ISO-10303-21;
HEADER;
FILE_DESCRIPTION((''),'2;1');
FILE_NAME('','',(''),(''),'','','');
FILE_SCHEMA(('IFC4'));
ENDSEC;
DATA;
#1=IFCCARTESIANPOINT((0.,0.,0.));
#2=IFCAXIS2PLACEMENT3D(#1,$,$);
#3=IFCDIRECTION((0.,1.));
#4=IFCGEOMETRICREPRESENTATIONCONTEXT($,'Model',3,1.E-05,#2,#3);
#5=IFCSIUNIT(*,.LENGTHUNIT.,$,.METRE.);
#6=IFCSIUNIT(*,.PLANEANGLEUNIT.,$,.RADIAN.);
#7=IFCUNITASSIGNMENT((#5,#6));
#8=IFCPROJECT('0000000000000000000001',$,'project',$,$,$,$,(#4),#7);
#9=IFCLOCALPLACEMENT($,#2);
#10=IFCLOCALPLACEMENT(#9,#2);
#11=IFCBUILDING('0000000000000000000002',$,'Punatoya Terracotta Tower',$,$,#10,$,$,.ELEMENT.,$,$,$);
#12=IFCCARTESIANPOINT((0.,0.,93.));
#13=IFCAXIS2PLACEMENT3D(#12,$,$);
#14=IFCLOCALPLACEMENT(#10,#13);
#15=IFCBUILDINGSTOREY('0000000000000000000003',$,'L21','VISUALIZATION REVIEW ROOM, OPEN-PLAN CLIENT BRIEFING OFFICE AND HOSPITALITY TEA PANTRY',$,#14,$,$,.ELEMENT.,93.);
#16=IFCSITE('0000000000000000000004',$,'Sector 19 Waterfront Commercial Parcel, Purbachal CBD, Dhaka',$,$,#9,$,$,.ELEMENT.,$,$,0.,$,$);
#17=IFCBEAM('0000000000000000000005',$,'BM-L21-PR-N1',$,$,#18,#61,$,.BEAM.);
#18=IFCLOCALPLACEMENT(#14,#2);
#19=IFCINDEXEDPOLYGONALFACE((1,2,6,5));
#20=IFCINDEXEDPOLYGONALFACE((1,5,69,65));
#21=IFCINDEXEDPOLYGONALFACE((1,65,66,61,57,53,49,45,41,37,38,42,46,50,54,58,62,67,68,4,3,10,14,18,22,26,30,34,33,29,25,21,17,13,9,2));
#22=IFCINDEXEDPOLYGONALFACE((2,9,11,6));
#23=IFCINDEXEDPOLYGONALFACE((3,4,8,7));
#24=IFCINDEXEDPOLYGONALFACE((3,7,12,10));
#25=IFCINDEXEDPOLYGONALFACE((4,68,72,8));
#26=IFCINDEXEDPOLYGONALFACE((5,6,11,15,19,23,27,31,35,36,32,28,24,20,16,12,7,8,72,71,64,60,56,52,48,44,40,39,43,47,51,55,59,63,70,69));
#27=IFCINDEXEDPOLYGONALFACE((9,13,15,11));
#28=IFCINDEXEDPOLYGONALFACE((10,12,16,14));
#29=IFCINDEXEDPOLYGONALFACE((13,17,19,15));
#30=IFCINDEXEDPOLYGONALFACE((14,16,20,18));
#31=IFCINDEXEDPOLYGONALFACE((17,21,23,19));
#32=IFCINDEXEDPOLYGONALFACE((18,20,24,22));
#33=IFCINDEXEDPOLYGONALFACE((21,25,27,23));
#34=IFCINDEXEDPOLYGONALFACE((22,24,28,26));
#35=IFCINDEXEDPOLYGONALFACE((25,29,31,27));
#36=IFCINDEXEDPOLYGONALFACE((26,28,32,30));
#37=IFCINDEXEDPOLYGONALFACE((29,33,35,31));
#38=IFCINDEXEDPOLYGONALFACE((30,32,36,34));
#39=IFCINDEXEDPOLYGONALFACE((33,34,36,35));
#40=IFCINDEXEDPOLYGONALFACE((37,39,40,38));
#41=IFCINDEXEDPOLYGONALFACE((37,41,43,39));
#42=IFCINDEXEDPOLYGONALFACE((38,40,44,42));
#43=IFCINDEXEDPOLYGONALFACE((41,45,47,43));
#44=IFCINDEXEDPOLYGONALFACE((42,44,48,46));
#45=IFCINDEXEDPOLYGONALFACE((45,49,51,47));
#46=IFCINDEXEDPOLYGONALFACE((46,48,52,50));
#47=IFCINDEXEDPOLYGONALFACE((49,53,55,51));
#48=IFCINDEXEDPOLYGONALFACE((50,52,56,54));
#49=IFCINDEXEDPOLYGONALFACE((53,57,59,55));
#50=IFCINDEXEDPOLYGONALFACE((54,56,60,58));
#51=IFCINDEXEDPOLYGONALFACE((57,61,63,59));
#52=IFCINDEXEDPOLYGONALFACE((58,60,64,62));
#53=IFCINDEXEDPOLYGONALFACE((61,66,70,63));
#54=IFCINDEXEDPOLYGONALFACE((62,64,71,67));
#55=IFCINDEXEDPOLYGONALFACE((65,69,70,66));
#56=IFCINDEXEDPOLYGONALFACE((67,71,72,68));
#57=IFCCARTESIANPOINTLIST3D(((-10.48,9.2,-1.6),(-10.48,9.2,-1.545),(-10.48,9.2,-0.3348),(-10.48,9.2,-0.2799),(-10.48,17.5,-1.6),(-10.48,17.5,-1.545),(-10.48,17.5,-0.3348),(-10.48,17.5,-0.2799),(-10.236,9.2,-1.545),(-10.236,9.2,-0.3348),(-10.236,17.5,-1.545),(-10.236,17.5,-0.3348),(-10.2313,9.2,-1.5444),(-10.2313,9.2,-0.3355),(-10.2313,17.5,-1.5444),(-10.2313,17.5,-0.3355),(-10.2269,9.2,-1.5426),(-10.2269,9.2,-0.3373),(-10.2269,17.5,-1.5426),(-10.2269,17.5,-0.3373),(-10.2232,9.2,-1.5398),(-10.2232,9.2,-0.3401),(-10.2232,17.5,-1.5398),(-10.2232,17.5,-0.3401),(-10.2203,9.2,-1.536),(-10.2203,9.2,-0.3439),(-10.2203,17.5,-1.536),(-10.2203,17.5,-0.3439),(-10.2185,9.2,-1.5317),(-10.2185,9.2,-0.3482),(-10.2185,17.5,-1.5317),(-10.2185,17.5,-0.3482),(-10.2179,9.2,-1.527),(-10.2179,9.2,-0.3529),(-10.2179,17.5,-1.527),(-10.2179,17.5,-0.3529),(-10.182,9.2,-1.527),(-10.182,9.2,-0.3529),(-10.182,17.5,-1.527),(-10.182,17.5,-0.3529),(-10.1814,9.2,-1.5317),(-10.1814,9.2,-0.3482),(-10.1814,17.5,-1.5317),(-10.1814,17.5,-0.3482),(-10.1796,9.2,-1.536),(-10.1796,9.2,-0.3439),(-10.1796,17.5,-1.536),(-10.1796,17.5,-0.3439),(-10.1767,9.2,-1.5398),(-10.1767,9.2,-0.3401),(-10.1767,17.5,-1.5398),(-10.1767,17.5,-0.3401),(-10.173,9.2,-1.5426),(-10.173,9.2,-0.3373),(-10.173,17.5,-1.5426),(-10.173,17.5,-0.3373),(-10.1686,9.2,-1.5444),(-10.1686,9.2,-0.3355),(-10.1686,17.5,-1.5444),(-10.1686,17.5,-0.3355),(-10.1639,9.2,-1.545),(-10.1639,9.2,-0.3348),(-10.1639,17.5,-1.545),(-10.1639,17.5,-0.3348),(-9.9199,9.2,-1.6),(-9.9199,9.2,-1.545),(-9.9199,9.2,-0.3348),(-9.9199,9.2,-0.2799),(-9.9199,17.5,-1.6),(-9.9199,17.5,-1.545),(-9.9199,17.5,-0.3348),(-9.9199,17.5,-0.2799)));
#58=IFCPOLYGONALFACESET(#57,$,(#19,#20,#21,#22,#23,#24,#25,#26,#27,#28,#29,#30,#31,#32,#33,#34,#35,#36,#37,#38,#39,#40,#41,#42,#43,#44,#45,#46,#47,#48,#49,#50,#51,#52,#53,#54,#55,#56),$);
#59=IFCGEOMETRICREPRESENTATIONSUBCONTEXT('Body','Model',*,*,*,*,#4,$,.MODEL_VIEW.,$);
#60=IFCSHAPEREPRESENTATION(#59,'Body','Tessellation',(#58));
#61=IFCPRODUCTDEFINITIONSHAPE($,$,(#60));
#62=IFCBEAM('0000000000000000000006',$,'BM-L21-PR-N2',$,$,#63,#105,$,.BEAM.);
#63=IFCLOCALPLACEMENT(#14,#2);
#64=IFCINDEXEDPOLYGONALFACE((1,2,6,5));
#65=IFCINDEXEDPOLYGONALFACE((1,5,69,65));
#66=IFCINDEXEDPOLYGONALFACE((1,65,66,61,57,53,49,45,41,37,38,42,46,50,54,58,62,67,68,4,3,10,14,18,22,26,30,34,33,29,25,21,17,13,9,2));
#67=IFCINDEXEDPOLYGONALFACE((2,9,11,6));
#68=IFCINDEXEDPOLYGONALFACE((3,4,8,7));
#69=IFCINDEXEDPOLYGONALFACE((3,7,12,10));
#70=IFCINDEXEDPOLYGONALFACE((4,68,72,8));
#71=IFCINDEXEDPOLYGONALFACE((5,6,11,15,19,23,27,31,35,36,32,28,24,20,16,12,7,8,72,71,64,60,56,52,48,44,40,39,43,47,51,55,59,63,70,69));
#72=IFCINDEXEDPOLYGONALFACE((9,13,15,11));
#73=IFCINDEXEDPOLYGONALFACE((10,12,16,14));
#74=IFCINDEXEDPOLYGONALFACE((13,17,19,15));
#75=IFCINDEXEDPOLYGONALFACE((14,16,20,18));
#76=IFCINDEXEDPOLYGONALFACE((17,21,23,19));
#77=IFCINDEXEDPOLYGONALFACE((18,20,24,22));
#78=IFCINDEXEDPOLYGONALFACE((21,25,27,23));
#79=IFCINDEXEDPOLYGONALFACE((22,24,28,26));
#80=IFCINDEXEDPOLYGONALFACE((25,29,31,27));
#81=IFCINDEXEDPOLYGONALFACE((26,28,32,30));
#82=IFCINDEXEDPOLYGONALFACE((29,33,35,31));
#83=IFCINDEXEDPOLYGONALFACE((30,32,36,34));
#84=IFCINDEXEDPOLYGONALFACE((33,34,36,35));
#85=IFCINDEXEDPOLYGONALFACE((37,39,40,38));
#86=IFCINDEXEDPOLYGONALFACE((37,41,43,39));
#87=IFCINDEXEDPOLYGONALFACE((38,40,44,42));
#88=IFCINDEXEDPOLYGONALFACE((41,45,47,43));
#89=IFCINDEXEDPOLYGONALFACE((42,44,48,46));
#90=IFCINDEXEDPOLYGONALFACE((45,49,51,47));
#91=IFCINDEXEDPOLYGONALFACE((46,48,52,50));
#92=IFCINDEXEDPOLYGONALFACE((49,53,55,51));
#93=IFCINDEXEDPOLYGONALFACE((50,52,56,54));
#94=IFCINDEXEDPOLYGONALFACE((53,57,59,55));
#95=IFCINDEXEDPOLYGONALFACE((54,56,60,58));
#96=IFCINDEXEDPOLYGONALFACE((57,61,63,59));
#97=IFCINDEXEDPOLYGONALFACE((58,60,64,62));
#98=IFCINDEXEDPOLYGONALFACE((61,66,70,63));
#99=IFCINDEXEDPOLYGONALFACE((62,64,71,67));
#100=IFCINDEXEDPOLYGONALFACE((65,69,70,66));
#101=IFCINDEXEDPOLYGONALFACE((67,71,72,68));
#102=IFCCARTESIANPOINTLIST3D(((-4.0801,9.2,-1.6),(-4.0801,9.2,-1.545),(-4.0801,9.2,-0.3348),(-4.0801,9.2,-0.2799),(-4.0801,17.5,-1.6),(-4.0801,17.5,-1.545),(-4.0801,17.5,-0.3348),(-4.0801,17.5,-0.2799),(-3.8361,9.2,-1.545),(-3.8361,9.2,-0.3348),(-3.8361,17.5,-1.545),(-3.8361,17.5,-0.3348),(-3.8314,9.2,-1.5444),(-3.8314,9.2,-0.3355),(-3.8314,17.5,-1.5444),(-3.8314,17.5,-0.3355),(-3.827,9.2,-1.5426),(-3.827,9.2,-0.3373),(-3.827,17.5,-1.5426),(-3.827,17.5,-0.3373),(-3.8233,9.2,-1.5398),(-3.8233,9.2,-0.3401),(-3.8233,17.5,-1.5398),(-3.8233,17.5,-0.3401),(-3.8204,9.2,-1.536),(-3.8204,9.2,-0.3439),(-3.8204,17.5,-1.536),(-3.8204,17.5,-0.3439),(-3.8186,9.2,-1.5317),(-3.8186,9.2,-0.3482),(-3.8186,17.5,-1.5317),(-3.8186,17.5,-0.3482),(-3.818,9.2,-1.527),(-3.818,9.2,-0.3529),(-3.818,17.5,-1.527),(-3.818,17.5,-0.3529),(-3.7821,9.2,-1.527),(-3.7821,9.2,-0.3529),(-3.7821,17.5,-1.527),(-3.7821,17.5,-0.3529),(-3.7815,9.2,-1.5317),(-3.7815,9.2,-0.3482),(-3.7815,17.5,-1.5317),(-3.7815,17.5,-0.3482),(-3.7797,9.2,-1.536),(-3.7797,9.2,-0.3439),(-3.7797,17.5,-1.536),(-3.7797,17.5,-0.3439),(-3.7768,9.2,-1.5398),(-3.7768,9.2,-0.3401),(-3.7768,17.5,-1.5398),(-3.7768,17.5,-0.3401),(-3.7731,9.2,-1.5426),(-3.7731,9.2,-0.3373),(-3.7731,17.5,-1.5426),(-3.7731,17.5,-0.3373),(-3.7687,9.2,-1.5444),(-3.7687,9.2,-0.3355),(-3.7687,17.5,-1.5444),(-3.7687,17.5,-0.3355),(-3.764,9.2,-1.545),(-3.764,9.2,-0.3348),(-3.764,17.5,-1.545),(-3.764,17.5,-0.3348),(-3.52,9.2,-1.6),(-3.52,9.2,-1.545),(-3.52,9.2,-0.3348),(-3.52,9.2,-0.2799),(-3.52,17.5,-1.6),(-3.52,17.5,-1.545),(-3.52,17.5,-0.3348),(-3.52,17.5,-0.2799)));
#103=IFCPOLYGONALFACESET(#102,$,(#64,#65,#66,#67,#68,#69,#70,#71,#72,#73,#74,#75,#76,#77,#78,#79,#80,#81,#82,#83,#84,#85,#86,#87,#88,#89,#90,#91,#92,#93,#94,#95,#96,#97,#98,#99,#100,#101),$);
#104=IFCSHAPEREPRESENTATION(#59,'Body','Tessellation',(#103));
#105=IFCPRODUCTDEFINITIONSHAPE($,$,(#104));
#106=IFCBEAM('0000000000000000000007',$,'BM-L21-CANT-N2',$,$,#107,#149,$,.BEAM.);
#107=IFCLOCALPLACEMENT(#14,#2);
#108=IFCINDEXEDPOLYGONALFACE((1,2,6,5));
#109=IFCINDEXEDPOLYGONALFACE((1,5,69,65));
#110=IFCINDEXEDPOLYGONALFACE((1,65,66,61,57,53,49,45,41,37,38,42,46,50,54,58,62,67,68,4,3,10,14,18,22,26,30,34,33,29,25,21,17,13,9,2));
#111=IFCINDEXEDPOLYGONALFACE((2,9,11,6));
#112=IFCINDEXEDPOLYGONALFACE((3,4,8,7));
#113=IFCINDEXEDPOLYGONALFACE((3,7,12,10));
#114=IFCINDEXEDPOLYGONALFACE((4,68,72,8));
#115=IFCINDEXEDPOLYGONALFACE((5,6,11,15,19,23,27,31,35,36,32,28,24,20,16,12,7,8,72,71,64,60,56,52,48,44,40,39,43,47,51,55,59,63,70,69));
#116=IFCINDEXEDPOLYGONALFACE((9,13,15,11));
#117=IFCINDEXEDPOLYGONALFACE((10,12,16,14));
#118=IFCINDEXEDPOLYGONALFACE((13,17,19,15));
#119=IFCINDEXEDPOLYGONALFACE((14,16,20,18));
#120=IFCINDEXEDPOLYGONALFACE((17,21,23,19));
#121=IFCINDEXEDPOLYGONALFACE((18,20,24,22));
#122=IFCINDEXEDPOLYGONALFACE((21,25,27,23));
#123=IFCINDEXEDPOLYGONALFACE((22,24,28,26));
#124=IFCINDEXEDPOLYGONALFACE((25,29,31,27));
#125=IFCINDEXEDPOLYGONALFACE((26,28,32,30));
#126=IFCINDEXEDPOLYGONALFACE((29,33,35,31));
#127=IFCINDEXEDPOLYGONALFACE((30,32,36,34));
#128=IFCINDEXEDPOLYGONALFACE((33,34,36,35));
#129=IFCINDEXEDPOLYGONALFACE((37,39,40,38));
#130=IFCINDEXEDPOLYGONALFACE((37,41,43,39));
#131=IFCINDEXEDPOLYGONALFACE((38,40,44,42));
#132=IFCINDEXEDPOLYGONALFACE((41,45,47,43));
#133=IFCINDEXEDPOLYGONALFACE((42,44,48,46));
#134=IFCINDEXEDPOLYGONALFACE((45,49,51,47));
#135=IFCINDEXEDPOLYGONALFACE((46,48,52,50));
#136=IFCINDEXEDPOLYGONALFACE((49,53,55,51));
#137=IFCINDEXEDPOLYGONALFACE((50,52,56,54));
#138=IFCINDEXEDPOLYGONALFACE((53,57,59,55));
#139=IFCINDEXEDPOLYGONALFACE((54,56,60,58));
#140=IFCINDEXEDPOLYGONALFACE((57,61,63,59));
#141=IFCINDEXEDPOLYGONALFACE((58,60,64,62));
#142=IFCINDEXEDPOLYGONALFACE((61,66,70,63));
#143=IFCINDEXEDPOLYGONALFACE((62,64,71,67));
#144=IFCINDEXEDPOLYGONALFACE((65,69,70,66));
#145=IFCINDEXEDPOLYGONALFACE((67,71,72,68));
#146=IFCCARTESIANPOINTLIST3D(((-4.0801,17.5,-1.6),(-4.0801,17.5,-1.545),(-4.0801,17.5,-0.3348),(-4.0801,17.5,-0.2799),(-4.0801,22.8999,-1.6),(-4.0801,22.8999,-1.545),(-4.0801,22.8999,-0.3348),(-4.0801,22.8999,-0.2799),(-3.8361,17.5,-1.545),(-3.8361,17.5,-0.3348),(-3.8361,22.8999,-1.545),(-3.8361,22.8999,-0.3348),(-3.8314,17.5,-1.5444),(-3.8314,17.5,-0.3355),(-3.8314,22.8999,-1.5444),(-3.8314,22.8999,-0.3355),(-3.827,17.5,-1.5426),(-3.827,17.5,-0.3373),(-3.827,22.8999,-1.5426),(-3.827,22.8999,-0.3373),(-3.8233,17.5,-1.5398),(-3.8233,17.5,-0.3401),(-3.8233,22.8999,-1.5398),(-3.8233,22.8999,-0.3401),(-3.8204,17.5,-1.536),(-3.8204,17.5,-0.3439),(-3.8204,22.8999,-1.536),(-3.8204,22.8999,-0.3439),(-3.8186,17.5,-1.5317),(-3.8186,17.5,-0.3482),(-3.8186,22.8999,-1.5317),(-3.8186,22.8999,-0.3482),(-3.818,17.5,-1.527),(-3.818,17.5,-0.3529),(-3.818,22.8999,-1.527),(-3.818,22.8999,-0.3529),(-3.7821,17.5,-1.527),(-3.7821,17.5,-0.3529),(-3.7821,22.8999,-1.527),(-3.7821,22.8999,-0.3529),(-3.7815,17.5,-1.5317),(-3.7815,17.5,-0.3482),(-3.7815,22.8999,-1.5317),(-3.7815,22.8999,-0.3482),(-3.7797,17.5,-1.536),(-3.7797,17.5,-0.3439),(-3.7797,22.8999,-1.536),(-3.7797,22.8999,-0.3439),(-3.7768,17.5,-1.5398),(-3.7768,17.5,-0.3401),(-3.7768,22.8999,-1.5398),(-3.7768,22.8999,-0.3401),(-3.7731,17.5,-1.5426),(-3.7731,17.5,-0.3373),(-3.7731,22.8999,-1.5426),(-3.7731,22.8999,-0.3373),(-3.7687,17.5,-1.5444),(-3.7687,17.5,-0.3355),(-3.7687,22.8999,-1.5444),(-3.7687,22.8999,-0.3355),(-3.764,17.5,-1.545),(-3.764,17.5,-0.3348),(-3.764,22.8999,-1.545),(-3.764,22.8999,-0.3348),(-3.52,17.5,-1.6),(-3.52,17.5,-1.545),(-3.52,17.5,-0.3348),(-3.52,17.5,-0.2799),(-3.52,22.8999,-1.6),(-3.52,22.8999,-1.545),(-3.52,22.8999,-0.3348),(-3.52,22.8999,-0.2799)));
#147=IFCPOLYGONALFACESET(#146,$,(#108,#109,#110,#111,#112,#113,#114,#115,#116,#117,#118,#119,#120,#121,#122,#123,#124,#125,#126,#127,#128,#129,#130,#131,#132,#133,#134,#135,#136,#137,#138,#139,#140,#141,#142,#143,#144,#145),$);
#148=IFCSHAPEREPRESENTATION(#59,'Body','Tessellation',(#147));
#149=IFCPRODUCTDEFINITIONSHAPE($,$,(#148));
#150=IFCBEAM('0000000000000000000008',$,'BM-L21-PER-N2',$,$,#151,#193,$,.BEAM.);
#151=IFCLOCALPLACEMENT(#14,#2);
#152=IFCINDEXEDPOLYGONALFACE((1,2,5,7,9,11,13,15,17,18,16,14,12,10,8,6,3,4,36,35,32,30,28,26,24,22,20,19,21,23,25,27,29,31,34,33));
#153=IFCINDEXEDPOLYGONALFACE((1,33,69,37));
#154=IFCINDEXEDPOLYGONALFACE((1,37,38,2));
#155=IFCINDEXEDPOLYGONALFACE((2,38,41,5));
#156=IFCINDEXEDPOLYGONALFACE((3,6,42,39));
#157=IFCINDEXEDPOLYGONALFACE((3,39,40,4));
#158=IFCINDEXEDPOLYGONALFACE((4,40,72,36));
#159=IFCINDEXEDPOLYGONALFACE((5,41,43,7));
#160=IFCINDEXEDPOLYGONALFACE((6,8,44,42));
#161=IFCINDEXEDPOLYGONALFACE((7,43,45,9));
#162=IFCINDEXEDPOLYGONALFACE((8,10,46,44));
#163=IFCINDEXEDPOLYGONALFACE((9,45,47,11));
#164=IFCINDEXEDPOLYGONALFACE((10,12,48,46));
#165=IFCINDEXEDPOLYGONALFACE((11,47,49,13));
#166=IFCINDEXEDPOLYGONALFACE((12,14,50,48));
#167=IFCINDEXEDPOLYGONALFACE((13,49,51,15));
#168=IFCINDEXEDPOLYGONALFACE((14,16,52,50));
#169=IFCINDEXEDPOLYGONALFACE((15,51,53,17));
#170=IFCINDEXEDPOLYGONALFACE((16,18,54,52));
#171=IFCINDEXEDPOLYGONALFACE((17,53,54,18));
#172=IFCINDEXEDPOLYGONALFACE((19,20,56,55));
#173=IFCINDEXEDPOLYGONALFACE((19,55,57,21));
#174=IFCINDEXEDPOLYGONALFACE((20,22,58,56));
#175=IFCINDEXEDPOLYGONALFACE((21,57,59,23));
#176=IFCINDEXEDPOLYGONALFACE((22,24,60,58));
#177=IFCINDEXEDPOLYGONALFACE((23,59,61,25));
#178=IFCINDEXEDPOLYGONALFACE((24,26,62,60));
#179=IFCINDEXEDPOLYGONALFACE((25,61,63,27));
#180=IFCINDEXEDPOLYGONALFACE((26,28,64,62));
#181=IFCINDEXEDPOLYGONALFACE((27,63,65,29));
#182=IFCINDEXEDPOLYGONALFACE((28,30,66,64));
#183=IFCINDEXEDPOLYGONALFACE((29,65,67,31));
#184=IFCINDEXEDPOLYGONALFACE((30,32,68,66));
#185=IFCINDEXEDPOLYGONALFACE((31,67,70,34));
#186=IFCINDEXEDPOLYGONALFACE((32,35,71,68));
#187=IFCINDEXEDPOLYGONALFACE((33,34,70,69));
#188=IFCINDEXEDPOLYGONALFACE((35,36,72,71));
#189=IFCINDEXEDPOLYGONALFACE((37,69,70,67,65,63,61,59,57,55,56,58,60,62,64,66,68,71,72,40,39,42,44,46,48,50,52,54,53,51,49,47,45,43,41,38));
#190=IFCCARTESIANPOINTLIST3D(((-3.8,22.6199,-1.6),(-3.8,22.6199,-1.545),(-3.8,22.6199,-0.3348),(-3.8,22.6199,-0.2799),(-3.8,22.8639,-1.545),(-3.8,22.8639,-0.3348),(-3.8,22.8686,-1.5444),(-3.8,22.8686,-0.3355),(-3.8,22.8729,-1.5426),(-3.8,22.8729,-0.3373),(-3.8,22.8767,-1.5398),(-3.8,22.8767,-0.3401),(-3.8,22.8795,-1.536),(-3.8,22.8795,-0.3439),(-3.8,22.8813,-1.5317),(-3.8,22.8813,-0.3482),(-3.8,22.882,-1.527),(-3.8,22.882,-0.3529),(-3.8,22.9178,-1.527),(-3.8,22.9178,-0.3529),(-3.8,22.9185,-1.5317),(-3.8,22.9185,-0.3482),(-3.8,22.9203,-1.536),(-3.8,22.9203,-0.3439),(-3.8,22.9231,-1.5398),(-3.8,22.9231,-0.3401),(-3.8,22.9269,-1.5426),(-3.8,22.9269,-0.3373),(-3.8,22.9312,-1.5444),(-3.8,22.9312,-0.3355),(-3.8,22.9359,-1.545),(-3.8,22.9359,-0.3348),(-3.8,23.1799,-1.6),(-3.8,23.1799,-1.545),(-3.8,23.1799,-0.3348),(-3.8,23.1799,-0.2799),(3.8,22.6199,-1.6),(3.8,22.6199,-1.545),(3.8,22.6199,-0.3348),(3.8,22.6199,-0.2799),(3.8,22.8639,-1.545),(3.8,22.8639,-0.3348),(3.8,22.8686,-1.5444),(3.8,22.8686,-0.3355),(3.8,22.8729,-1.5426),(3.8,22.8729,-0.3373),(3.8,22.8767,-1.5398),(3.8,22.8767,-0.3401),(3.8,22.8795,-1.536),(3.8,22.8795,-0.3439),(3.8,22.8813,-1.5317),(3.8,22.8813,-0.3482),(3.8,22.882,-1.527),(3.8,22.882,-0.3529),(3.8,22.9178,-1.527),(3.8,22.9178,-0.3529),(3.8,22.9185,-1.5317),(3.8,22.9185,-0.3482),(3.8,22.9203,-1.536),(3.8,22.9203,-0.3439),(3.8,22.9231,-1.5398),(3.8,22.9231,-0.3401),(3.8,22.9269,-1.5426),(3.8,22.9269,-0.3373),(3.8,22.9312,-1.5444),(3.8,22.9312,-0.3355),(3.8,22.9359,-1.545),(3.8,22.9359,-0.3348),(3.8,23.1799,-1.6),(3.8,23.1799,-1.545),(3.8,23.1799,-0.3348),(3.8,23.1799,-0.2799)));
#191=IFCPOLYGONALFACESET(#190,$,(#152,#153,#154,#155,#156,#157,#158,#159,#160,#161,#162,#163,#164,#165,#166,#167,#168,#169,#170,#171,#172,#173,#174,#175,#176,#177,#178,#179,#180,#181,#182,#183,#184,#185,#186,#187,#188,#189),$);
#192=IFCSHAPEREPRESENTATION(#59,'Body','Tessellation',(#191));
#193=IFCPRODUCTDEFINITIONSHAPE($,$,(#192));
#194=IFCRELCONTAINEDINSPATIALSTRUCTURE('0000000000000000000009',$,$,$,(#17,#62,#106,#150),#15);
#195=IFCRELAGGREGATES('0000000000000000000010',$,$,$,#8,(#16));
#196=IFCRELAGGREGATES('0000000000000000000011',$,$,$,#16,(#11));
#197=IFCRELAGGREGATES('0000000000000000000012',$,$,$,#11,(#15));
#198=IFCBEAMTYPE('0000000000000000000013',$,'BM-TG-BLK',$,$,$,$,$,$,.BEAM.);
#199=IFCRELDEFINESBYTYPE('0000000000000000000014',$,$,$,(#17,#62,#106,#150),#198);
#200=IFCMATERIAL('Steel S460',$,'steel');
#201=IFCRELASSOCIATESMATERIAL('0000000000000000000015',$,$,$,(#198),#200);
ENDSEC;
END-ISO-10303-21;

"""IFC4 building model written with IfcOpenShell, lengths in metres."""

from ifc_helpers import new_model, si_unit, direction, frame, origin, origin_2d, place, context, subcontext, project, spatial, i_section, extrude, material, material_profile, profile_set, type_object, element, save


model = new_model("IFC4")

# Units and contexts
model_context = context("Model", 3, precision=1e-05, world=origin(), true_north=direction((0.0, 1.0)))
body_context = subcontext(model_context, "Body", "Model", "MODEL_VIEW")
ifc_project = project(units=[si_unit("LENGTHUNIT", "METRE"), si_unit("PLANEANGLEUNIT", "RADIAN")], contexts=[model_context])

# Site, building, storey
site_placement = place(None, origin())
site = spatial("IfcSite", under=ifc_project, at=site_placement, Name="Sector 19 Waterfront Commercial Parcel, Purbachal CBD, Dhaka", CompositionType="ELEMENT", RefElevation=0.0)
building_placement = place(site_placement, origin())
building = spatial("IfcBuilding", under=site, at=building_placement, Name="Punatoya Terracotta Tower", CompositionType="ELEMENT")
storey_placement = place(building_placement, frame((0.0, 0.0, 93.0)))
storey = spatial("IfcBuildingStorey", under=building, at=storey_placement, Name="L21", Description="VISUALIZATION REVIEW ROOM, OPEN-PLAN CLIENT BRIEFING OFFICE AND HOSPITALITY TEA PANTRY", CompositionType="ELEMENT", Elevation=93.0)

# Shared definitions
ifc_material_1 = material(Name="Steel S460", Category="steel")

# Beams
ifc_material_profile_1 = material_profile(ifc_material_1, i_section(OverallWidth=0.5601, OverallDepth=1.3201, WebThickness=0.0359, FlangeThickness=0.0549, FilletRadius=0.0181, at=origin_2d()))
ifc_profile_set_1 = profile_set([ifc_material_profile_1], Name="Steel S460")
beam_type_1 = type_object("IfcBeamType", Name="BM-TG-BLK", PredefinedType="BEAM", material=ifc_profile_set_1)
for number, where, z_axis, x_axis, name in (
    (1, (-10.2, 9.2, -0.9399), (0.0, 1.0, 0.0), (-1.0, 0.0, 0.0), "BM-L21-PR-N1"),
    (2, (-3.8, 9.2, -0.9399), (0.0, 1.0, 0.0), (-1.0, 0.0, 0.0), "BM-L21-PR-N2"),
):
    element("IfcBeam", number, at=place(storey_placement, frame(where, z_axis=z_axis, x_axis=x_axis)), inside=storey, type_object=beam_type_1, Name=name, PredefinedType="BEAM", context=body_context, shape_type="SweptSolid", body=[
        extrude(i_section(OverallWidth=0.5601, OverallDepth=1.3201, WebThickness=0.0359, FlangeThickness=0.0549, FilletRadius=0.0181, at=origin_2d()), origin(), (0.0, 0.0, 1.0), 8.3),
    ])
beam_1_placement = place(storey_placement, frame((-3.8, 17.5, -0.9399), z_axis=(0.0, 1.0, 0.0), x_axis=(-1.0, 0.0, 0.0)))
element("IfcBeam", 3, at=beam_1_placement, inside=storey, type_object=beam_type_1, Name="BM-L21-CANT-N2", PredefinedType="BEAM", context=body_context, shape_type="SweptSolid", body=[
    extrude(i_section(OverallWidth=0.5601, OverallDepth=1.3201, WebThickness=0.0359, FlangeThickness=0.0549, FilletRadius=0.0181, at=origin_2d()), origin(), (0.0, 0.0, 1.0), 5.3999),
])
beam_2_placement = place(storey_placement, frame((-3.8, 22.8999, -0.9399), z_axis=(1.0, 0.0, 0.0), x_axis=(0.0, 1.0, 0.0)))
element("IfcBeam", 4, at=beam_2_placement, inside=storey, type_object=beam_type_1, Name="BM-L21-PER-N2", PredefinedType="BEAM", context=body_context, shape_type="SweptSolid", body=[
    extrude(i_section(OverallWidth=0.5601, OverallDepth=1.3201, WebThickness=0.0359, FlangeThickness=0.0549, FilletRadius=0.0181, at=origin_2d()), origin(), (0.0, 0.0, 1.0), 7.6001),
])

save(model, "model.ifc")
